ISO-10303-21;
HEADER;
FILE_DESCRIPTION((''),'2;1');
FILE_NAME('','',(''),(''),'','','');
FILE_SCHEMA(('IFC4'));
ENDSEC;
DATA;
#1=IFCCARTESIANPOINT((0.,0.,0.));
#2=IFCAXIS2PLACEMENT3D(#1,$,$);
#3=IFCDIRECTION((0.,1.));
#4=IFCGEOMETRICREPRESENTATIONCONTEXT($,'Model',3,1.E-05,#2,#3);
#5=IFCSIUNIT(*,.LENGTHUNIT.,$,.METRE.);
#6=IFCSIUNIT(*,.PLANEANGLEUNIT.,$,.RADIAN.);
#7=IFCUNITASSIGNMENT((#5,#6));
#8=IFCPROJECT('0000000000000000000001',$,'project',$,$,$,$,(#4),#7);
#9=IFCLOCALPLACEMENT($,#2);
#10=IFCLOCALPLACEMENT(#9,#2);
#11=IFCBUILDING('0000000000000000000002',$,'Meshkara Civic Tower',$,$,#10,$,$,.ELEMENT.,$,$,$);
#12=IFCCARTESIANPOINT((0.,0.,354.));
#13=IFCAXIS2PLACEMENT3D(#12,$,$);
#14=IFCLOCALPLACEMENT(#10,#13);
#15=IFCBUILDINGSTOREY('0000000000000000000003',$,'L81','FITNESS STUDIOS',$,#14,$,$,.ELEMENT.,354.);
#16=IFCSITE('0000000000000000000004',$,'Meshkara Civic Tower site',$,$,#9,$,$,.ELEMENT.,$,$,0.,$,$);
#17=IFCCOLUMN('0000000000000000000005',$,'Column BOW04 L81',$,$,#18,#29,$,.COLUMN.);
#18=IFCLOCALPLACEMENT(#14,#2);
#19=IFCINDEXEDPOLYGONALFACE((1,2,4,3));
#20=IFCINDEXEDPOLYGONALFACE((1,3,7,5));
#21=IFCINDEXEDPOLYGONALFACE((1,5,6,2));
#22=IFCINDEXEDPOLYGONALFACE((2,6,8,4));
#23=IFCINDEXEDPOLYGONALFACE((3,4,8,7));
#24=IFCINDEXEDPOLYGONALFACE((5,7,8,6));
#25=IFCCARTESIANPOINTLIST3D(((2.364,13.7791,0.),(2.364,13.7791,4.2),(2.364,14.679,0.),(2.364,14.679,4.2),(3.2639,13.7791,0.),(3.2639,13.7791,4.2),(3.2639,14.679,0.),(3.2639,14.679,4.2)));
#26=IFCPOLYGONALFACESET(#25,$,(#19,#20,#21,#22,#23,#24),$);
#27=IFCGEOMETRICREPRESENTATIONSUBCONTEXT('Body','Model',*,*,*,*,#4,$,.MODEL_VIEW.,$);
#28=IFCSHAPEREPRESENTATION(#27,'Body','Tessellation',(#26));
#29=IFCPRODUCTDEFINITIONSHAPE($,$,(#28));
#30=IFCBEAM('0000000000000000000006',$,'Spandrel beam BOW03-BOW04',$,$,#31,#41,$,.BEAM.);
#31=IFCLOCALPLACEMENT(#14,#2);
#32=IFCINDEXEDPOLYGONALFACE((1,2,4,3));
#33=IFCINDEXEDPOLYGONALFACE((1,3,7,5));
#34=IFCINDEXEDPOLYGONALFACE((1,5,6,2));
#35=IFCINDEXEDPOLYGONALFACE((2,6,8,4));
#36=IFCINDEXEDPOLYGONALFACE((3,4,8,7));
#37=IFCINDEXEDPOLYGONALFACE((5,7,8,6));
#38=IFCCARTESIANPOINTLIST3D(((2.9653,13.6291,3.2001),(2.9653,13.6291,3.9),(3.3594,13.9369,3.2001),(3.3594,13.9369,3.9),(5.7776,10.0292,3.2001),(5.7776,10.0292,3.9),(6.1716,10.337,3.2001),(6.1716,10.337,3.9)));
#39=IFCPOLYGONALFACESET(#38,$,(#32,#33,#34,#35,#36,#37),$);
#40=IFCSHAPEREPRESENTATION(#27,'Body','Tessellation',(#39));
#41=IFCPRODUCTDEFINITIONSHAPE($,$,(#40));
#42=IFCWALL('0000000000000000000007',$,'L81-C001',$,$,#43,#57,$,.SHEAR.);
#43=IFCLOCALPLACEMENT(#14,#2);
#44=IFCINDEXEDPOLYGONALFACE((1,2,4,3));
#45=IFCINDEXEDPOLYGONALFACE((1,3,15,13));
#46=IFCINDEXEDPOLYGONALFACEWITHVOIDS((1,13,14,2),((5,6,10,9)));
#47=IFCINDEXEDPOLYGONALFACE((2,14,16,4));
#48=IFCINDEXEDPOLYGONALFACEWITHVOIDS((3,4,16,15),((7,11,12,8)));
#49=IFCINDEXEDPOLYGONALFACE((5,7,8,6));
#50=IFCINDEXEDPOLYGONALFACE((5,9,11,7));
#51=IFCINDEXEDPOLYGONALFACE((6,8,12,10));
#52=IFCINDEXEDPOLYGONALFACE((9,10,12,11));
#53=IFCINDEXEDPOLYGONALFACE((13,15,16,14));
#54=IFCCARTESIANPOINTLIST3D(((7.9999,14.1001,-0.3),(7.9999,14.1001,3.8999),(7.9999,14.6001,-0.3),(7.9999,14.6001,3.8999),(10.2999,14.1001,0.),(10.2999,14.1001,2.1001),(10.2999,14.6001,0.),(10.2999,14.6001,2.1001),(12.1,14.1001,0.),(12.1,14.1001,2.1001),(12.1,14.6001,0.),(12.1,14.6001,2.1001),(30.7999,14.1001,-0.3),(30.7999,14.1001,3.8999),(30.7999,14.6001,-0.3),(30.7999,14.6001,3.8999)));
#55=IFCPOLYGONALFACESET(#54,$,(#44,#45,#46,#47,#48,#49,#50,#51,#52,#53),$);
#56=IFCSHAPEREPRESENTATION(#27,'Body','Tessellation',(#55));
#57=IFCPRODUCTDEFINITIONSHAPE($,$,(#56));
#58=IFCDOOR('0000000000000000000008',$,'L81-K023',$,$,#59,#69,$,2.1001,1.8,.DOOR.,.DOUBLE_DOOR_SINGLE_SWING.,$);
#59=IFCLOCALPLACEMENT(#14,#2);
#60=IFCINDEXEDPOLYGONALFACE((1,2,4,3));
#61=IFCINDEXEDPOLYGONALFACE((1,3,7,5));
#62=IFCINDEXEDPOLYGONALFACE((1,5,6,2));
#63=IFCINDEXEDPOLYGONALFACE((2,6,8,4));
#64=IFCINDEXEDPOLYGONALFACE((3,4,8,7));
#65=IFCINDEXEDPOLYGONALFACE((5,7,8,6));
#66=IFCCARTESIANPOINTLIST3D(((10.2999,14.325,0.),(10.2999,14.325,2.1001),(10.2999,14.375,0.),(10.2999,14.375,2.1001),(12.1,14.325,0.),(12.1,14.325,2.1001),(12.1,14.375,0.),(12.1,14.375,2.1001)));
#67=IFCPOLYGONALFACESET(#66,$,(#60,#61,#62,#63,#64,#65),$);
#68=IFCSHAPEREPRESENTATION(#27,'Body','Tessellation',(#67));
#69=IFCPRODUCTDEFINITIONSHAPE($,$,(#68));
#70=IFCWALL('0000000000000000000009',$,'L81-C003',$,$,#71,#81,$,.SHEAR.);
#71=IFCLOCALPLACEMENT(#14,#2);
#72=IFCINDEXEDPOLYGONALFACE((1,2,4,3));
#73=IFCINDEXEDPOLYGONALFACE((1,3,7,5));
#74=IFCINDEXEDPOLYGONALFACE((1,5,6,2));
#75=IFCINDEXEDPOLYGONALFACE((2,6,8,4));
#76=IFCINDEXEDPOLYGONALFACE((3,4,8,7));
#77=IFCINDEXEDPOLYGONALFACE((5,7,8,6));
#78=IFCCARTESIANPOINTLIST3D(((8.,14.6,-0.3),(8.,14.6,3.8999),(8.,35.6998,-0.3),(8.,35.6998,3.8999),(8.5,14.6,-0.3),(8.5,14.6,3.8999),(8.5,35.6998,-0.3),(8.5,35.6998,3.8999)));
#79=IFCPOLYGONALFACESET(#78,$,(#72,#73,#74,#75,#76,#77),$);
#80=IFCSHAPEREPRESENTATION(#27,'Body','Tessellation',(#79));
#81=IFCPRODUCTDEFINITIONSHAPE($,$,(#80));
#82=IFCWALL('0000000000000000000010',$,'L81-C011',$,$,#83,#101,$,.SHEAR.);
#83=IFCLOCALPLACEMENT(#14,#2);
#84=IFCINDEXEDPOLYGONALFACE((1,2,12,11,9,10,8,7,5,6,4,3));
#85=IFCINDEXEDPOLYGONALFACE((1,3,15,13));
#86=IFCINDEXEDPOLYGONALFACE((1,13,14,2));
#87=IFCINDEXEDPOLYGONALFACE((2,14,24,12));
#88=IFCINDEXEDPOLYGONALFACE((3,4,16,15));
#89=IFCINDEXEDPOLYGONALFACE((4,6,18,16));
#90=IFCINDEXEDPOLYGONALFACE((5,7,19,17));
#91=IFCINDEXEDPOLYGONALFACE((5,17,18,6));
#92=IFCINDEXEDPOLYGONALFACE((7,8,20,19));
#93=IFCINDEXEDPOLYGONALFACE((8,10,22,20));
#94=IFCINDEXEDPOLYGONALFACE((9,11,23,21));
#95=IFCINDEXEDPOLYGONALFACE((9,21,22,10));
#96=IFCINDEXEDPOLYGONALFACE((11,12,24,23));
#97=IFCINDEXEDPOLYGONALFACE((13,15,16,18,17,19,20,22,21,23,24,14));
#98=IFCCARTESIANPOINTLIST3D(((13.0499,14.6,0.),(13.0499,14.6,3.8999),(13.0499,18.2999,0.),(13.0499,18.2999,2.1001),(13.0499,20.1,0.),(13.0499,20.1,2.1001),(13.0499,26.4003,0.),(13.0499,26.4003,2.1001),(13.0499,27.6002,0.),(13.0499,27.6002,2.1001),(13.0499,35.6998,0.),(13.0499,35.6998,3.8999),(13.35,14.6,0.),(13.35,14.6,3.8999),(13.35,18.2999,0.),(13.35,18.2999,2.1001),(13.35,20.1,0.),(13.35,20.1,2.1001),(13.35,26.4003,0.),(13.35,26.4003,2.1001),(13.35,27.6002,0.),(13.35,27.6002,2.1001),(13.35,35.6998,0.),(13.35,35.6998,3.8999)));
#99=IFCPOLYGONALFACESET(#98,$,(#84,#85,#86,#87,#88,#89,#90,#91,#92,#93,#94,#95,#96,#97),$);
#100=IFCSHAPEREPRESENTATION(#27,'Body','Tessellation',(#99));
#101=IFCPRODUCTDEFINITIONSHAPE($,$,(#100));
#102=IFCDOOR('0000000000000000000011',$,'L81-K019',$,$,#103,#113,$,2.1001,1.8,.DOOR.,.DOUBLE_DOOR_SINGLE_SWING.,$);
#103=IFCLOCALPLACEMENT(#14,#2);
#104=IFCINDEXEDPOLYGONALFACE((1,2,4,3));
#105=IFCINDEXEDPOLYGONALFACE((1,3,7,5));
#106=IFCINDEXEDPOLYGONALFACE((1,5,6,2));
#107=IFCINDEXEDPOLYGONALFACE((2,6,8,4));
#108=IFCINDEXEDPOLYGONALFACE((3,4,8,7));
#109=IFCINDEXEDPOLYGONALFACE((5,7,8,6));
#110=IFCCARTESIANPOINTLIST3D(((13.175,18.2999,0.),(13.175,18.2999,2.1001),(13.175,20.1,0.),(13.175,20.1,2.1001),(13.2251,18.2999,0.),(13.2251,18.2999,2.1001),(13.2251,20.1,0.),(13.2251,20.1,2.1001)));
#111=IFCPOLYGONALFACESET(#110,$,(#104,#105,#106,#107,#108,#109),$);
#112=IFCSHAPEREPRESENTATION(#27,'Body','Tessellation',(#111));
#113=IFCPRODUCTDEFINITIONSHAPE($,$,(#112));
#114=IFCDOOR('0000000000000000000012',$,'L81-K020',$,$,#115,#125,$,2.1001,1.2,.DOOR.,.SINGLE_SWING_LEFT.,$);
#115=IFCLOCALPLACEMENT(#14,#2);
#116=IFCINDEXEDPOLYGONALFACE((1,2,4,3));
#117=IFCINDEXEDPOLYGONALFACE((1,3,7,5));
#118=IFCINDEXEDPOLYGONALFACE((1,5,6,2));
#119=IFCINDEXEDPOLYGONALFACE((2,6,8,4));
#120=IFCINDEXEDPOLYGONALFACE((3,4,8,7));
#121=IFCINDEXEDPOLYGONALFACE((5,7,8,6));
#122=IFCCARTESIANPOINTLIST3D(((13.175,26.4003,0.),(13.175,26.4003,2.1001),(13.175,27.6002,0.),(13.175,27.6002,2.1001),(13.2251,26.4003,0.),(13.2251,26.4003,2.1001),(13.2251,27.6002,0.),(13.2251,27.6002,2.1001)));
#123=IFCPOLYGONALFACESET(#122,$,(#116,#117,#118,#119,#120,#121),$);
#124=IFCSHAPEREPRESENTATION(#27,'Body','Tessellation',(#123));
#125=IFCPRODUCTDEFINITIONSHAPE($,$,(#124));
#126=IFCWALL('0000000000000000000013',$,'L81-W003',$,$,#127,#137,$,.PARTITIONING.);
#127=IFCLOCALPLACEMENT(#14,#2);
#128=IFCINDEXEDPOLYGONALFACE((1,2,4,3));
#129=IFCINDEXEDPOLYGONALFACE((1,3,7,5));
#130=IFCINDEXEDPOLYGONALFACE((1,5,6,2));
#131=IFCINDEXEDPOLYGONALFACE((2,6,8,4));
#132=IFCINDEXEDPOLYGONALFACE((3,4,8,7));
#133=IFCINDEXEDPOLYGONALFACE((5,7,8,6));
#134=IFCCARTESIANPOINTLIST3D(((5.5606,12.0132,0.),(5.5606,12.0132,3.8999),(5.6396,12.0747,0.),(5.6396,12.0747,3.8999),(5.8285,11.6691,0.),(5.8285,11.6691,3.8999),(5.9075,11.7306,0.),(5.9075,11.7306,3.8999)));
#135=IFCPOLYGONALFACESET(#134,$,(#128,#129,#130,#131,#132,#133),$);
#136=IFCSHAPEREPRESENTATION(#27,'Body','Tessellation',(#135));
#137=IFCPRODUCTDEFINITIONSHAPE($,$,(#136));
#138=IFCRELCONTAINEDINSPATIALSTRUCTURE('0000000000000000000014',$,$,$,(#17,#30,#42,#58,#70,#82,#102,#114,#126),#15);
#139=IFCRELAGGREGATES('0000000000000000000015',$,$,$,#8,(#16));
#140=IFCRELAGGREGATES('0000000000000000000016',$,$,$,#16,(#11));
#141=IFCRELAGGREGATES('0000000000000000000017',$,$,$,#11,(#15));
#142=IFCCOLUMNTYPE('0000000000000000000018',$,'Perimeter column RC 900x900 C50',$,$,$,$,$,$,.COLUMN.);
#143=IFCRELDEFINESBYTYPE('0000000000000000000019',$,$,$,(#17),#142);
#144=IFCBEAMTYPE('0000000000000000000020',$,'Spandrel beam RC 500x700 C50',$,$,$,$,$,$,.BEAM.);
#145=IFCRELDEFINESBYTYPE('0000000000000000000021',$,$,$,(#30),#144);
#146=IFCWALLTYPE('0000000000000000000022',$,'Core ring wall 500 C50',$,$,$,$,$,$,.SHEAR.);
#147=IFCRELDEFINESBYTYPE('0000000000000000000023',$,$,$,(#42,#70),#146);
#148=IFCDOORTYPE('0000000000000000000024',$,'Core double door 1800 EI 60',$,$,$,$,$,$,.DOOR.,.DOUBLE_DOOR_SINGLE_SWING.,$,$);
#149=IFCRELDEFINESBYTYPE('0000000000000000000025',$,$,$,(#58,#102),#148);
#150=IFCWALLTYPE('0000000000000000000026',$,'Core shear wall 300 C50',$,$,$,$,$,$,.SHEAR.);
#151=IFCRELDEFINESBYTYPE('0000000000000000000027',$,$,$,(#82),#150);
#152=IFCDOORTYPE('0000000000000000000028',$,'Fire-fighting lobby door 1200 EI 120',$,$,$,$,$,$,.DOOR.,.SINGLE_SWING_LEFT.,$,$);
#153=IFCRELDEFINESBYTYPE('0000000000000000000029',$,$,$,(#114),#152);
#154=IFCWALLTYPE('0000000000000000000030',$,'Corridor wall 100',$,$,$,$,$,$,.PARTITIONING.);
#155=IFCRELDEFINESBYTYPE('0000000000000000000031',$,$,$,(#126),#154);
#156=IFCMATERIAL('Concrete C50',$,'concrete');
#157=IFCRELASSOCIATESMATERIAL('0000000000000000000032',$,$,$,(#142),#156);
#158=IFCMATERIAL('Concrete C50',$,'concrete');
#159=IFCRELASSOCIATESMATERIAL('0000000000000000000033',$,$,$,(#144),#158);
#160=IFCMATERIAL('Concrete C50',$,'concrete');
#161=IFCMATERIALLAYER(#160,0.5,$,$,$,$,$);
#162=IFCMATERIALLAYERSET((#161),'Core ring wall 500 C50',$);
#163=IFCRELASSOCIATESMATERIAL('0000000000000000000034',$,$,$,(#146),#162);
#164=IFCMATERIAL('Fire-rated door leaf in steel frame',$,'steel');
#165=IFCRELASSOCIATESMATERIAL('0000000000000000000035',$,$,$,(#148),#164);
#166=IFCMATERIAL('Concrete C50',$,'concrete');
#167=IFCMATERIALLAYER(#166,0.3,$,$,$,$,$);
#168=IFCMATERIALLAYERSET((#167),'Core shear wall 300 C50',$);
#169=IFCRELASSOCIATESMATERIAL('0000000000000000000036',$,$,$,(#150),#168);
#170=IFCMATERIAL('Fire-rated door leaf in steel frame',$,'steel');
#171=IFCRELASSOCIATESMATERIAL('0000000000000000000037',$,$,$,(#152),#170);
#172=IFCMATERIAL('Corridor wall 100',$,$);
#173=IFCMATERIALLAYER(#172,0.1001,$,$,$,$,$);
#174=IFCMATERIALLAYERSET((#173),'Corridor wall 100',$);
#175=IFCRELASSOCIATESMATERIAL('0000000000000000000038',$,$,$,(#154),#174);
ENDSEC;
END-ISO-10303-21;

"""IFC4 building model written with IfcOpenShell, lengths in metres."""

from ifc_helpers import new_model, si_unit, direction, frame, frame_2d, origin, origin_2d, place, context, subcontext, project, spatial, rectangle, extrude, material, layer, layer_set, material_profile, profile_set, type_object, element, fill, save


model = new_model("IFC4")

# Units and contexts
model_context = context("Model", 3, precision=1e-05, world=origin(), true_north=direction((0.0, 1.0)))
body_context = subcontext(model_context, "Body", "Model", "MODEL_VIEW")
ifc_project = project(units=[si_unit("LENGTHUNIT", "METRE"), si_unit("PLANEANGLEUNIT", "RADIAN")], contexts=[model_context])

# Site, building, storey
site_placement = place(None, origin())
site = spatial("IfcSite", under=ifc_project, at=site_placement, Name="Meshkara Civic Tower site", CompositionType="ELEMENT", RefElevation=0.0)
building_placement = place(site_placement, origin())
building = spatial("IfcBuilding", under=site, at=building_placement, Name="Meshkara Civic Tower", CompositionType="ELEMENT")
storey_placement = place(building_placement, frame((0.0, 0.0, 354.0)))
storey = spatial("IfcBuildingStorey", under=building, at=storey_placement, Name="L81", Description="FITNESS STUDIOS", CompositionType="ELEMENT", Elevation=354.0)

# Column
ifc_material_1 = material(Name="Concrete C50", Category="concrete")
ifc_material_profile_1 = material_profile(ifc_material_1, rectangle(XDim=0.8999, YDim=0.8999, at=origin_2d()))
ifc_profile_set_1 = profile_set([ifc_material_profile_1], Name="Concrete C50")
column_type = type_object("IfcColumnType", Name="Perimeter column RC 900x900 C50", PredefinedType="COLUMN", material=ifc_profile_set_1)
column_placement = place(storey_placement, frame((2.814, 14.229, 0.0), z_axis=(0.0, 0.0, 1.0), x_axis=(1.0, 0.0, 0.0)))
element("IfcColumn", 1, at=column_placement, inside=storey, type_object=column_type, Name="Column BOW04 L81", PredefinedType="COLUMN", context=body_context, shape_type="SweptSolid", body=[
    extrude(rectangle(XDim=0.8999, YDim=0.8999, at=origin_2d()), origin(), (0.0, 0.0, 1.0), 4.2),
])

# Beam
ifc_material_2 = material(Name="Concrete C50", Category="concrete")
ifc_material_profile_2 = material_profile(ifc_material_2, rectangle(XDim=0.5, YDim=0.7, at=origin_2d()))
ifc_profile_set_2 = profile_set([ifc_material_profile_2], Name="Concrete C50")
beam_type = type_object("IfcBeamType", Name="Spandrel beam RC 500x700 C50", PredefinedType="BEAM", material=ifc_profile_set_2)
beam_placement = place(storey_placement, frame((3.1624, 13.783, 3.55), z_axis=(0.615626, -0.788038, 0.0), x_axis=(0.788038, 0.615626, 0.0)))
element("IfcBeam", 2, at=beam_placement, inside=storey, type_object=beam_type, Name="Spandrel beam BOW03-BOW04", PredefinedType="BEAM", context=body_context, shape_type="SweptSolid", body=[
    extrude(rectangle(XDim=0.5, YDim=0.7, at=origin_2d()), origin(), (0.0, 0.0, 1.0), 4.5681),
])

# Wall, opening, door
ifc_material_3 = material(Name="Concrete C50", Category="concrete")
ifc_layer_1 = layer(ifc_material_3, 0.5)
ifc_layer_set_1 = layer_set([ifc_layer_1], Name="Core ring wall 500 C50")
wall_type_1 = type_object("IfcWallType", Name="Core ring wall 500 C50", PredefinedType="SHEAR", material=ifc_layer_set_1)
wall_1_placement = place(storey_placement, frame((8.0, 14.3501, -0.3), z_axis=(0.0, 0.0, 1.0), x_axis=(1.0, 0.0, 0.0)))
wall_1 = element("IfcWall", 3, at=wall_1_placement, inside=storey, type_object=wall_type_1, Name="L81-C001", PredefinedType="SHEAR", context=body_context, shape_type="SweptSolid", body=[
    extrude(rectangle(XDim=22.8, YDim=0.5, at=frame_2d((11.3999, 0.0))), origin(), (0.0, 0.0, 1.0), 4.2),
])
opening_1_placement = place(wall_1_placement, frame((2.3, 0.0, 0.3)))
opening_1 = element("IfcOpeningElement", 4, at=opening_1_placement, cuts=wall_1, PredefinedType="OPENING", context=body_context, shape_type="SweptSolid", body=[
    extrude(rectangle(XDim=1.8, YDim=2.1001, at=frame_2d((0.8999, 1.05))), frame((0.0, 0.26, 0.0), z_axis=(0.0, -1.0, 0.0), x_axis=(1.0, 0.0, 0.0)), (0.0, 0.0, 1.0), 0.52),
])
ifc_material_4 = material(Name="Fire-rated door leaf in steel frame", Category="steel")
door_type_1 = type_object("IfcDoorType", Name="Core double door 1800 EI 60", OperationType="DOUBLE_DOOR_SINGLE_SWING", PredefinedType="DOOR", material=ifc_material_4)
door_1_placement = place(opening_1_placement, origin())
door_1 = element("IfcDoor", 5, at=door_1_placement, inside=storey, type_object=door_type_1, Name="L81-K023", OperationType="DOUBLE_DOOR_SINGLE_SWING", OverallHeight=2.1001, OverallWidth=1.8, PredefinedType="DOOR", context=body_context, shape_type="SweptSolid", body=[
    extrude(rectangle(XDim=1.8, YDim=2.1001, at=frame_2d((0.8999, 1.05))), frame((0.0, 0.0249, 0.0), z_axis=(0.0, -1.0, 0.0), x_axis=(1.0, 0.0, 0.0)), (0.0, 0.0, 1.0), 0.05),
])
fill(opening_1, door_1)

# Wall
wall_2_placement = place(storey_placement, frame((8.25, 14.6001, -0.3), z_axis=(0.0, 0.0, 1.0), x_axis=(0.0, 1.0, 0.0)))
element("IfcWall", 6, at=wall_2_placement, inside=storey, type_object=wall_type_1, Name="L81-C003", PredefinedType="SHEAR", context=body_context, shape_type="SweptSolid", body=[
    extrude(rectangle(XDim=21.0999, YDim=0.5, at=frame_2d((10.5498, 0.0))), origin(), (0.0, 0.0, 1.0), 4.2),
])

# Wall, openings, doors
ifc_material_5 = material(Name="Concrete C50", Category="concrete")
ifc_layer_2 = layer(ifc_material_5, 0.3)
ifc_layer_set_2 = layer_set([ifc_layer_2], Name="Core shear wall 300 C50")
wall_type_2 = type_object("IfcWallType", Name="Core shear wall 300 C50", PredefinedType="SHEAR", material=ifc_layer_set_2)
wall_3_placement = place(storey_placement, frame((13.2, 14.6001, 0.0), z_axis=(0.0, 0.0, 1.0), x_axis=(0.0, 1.0, 0.0)))
wall_3 = element("IfcWall", 7, at=wall_3_placement, inside=storey, type_object=wall_type_2, Name="L81-C011", PredefinedType="SHEAR", context=body_context, shape_type="SweptSolid", body=[
    extrude(rectangle(XDim=21.0999, YDim=0.3, at=frame_2d((10.5498, 0.0))), origin(), (0.0, 0.0, 1.0), 3.8999),
])
opening_2_placement = place(wall_3_placement, frame((3.7, 0.0, 0.0)))
opening_2 = element("IfcOpeningElement", 8, at=opening_2_placement, cuts=wall_3, PredefinedType="OPENING", context=body_context, shape_type="SweptSolid", body=[
    extrude(rectangle(XDim=1.8, YDim=2.1001, at=frame_2d((0.8999, 1.05))), frame((0.0, 0.1599, 0.0), z_axis=(0.0, -1.0, 0.0), x_axis=(1.0, 0.0, 0.0)), (0.0, 0.0, 1.0), 0.3201),
])
opening_3_placement = place(wall_3_placement, frame((11.8, 0.0, 0.0)))
opening_3 = element("IfcOpeningElement", 9, at=opening_3_placement, cuts=wall_3, PredefinedType="OPENING", context=body_context, shape_type="SweptSolid", body=[
    extrude(rectangle(XDim=1.2, YDim=2.1001, at=frame_2d((0.6001, 1.05))), frame((0.0, 0.1599, 0.0), z_axis=(0.0, -1.0, 0.0), x_axis=(1.0, 0.0, 0.0)), (0.0, 0.0, 1.0), 0.3201),
])
door_2_placement = place(opening_2_placement, origin())
door_2 = element("IfcDoor", 10, at=door_2_placement, inside=storey, type_object=door_type_1, Name="L81-K019", OperationType="DOUBLE_DOOR_SINGLE_SWING", OverallHeight=2.1001, OverallWidth=1.8, PredefinedType="DOOR", context=body_context, shape_type="SweptSolid", body=[
    extrude(rectangle(XDim=1.8, YDim=2.1001, at=frame_2d((0.8999, 1.05))), frame((0.0, 0.0249, 0.0), z_axis=(0.0, -1.0, 0.0), x_axis=(1.0, 0.0, 0.0)), (0.0, 0.0, 1.0), 0.05),
])
fill(opening_2, door_2)
ifc_material_6 = material(Name="Fire-rated door leaf in steel frame", Category="steel")
door_type_2 = type_object("IfcDoorType", Name="Fire-fighting lobby door 1200 EI 120", OperationType="SINGLE_SWING_LEFT", PredefinedType="DOOR", material=ifc_material_6)
door_3_placement = place(opening_3_placement, origin())
door_3 = element("IfcDoor", 11, at=door_3_placement, inside=storey, type_object=door_type_2, Name="L81-K020", OperationType="SINGLE_SWING_LEFT", OverallHeight=2.1001, OverallWidth=1.2, PredefinedType="DOOR", context=body_context, shape_type="SweptSolid", body=[
    extrude(rectangle(XDim=1.2, YDim=2.1001, at=frame_2d((0.6001, 1.05))), frame((0.0, 0.0249, 0.0), z_axis=(0.0, -1.0, 0.0), x_axis=(1.0, 0.0, 0.0)), (0.0, 0.0, 1.0), 0.05),
])
fill(opening_3, door_3)

# Wall
ifc_material_7 = material(Name="Corridor wall 100")
ifc_layer_3 = layer(ifc_material_7, 0.1001)
ifc_layer_set_3 = layer_set([ifc_layer_3], Name="Corridor wall 100")
wall_type_3 = type_object("IfcWallType", Name="Corridor wall 100", PredefinedType="PARTITIONING", material=ifc_layer_set_3)
wall_4_placement = place(storey_placement, frame((5.6001, 12.0439, 0.0), z_axis=(0.0, 0.0, 1.0), x_axis=(0.614328, -0.789051, 0.0)))
element("IfcWall", 12, at=wall_4_placement, inside=storey, type_object=wall_type_3, Name="L81-W003", PredefinedType="PARTITIONING", context=body_context, shape_type="SweptSolid", body=[
    extrude(rectangle(XDim=0.436, YDim=0.1001, at=frame_2d((0.218, 0.0))), origin(), (0.0, 0.0, 1.0), 3.8999),
])

save(model, "model.ifc")
